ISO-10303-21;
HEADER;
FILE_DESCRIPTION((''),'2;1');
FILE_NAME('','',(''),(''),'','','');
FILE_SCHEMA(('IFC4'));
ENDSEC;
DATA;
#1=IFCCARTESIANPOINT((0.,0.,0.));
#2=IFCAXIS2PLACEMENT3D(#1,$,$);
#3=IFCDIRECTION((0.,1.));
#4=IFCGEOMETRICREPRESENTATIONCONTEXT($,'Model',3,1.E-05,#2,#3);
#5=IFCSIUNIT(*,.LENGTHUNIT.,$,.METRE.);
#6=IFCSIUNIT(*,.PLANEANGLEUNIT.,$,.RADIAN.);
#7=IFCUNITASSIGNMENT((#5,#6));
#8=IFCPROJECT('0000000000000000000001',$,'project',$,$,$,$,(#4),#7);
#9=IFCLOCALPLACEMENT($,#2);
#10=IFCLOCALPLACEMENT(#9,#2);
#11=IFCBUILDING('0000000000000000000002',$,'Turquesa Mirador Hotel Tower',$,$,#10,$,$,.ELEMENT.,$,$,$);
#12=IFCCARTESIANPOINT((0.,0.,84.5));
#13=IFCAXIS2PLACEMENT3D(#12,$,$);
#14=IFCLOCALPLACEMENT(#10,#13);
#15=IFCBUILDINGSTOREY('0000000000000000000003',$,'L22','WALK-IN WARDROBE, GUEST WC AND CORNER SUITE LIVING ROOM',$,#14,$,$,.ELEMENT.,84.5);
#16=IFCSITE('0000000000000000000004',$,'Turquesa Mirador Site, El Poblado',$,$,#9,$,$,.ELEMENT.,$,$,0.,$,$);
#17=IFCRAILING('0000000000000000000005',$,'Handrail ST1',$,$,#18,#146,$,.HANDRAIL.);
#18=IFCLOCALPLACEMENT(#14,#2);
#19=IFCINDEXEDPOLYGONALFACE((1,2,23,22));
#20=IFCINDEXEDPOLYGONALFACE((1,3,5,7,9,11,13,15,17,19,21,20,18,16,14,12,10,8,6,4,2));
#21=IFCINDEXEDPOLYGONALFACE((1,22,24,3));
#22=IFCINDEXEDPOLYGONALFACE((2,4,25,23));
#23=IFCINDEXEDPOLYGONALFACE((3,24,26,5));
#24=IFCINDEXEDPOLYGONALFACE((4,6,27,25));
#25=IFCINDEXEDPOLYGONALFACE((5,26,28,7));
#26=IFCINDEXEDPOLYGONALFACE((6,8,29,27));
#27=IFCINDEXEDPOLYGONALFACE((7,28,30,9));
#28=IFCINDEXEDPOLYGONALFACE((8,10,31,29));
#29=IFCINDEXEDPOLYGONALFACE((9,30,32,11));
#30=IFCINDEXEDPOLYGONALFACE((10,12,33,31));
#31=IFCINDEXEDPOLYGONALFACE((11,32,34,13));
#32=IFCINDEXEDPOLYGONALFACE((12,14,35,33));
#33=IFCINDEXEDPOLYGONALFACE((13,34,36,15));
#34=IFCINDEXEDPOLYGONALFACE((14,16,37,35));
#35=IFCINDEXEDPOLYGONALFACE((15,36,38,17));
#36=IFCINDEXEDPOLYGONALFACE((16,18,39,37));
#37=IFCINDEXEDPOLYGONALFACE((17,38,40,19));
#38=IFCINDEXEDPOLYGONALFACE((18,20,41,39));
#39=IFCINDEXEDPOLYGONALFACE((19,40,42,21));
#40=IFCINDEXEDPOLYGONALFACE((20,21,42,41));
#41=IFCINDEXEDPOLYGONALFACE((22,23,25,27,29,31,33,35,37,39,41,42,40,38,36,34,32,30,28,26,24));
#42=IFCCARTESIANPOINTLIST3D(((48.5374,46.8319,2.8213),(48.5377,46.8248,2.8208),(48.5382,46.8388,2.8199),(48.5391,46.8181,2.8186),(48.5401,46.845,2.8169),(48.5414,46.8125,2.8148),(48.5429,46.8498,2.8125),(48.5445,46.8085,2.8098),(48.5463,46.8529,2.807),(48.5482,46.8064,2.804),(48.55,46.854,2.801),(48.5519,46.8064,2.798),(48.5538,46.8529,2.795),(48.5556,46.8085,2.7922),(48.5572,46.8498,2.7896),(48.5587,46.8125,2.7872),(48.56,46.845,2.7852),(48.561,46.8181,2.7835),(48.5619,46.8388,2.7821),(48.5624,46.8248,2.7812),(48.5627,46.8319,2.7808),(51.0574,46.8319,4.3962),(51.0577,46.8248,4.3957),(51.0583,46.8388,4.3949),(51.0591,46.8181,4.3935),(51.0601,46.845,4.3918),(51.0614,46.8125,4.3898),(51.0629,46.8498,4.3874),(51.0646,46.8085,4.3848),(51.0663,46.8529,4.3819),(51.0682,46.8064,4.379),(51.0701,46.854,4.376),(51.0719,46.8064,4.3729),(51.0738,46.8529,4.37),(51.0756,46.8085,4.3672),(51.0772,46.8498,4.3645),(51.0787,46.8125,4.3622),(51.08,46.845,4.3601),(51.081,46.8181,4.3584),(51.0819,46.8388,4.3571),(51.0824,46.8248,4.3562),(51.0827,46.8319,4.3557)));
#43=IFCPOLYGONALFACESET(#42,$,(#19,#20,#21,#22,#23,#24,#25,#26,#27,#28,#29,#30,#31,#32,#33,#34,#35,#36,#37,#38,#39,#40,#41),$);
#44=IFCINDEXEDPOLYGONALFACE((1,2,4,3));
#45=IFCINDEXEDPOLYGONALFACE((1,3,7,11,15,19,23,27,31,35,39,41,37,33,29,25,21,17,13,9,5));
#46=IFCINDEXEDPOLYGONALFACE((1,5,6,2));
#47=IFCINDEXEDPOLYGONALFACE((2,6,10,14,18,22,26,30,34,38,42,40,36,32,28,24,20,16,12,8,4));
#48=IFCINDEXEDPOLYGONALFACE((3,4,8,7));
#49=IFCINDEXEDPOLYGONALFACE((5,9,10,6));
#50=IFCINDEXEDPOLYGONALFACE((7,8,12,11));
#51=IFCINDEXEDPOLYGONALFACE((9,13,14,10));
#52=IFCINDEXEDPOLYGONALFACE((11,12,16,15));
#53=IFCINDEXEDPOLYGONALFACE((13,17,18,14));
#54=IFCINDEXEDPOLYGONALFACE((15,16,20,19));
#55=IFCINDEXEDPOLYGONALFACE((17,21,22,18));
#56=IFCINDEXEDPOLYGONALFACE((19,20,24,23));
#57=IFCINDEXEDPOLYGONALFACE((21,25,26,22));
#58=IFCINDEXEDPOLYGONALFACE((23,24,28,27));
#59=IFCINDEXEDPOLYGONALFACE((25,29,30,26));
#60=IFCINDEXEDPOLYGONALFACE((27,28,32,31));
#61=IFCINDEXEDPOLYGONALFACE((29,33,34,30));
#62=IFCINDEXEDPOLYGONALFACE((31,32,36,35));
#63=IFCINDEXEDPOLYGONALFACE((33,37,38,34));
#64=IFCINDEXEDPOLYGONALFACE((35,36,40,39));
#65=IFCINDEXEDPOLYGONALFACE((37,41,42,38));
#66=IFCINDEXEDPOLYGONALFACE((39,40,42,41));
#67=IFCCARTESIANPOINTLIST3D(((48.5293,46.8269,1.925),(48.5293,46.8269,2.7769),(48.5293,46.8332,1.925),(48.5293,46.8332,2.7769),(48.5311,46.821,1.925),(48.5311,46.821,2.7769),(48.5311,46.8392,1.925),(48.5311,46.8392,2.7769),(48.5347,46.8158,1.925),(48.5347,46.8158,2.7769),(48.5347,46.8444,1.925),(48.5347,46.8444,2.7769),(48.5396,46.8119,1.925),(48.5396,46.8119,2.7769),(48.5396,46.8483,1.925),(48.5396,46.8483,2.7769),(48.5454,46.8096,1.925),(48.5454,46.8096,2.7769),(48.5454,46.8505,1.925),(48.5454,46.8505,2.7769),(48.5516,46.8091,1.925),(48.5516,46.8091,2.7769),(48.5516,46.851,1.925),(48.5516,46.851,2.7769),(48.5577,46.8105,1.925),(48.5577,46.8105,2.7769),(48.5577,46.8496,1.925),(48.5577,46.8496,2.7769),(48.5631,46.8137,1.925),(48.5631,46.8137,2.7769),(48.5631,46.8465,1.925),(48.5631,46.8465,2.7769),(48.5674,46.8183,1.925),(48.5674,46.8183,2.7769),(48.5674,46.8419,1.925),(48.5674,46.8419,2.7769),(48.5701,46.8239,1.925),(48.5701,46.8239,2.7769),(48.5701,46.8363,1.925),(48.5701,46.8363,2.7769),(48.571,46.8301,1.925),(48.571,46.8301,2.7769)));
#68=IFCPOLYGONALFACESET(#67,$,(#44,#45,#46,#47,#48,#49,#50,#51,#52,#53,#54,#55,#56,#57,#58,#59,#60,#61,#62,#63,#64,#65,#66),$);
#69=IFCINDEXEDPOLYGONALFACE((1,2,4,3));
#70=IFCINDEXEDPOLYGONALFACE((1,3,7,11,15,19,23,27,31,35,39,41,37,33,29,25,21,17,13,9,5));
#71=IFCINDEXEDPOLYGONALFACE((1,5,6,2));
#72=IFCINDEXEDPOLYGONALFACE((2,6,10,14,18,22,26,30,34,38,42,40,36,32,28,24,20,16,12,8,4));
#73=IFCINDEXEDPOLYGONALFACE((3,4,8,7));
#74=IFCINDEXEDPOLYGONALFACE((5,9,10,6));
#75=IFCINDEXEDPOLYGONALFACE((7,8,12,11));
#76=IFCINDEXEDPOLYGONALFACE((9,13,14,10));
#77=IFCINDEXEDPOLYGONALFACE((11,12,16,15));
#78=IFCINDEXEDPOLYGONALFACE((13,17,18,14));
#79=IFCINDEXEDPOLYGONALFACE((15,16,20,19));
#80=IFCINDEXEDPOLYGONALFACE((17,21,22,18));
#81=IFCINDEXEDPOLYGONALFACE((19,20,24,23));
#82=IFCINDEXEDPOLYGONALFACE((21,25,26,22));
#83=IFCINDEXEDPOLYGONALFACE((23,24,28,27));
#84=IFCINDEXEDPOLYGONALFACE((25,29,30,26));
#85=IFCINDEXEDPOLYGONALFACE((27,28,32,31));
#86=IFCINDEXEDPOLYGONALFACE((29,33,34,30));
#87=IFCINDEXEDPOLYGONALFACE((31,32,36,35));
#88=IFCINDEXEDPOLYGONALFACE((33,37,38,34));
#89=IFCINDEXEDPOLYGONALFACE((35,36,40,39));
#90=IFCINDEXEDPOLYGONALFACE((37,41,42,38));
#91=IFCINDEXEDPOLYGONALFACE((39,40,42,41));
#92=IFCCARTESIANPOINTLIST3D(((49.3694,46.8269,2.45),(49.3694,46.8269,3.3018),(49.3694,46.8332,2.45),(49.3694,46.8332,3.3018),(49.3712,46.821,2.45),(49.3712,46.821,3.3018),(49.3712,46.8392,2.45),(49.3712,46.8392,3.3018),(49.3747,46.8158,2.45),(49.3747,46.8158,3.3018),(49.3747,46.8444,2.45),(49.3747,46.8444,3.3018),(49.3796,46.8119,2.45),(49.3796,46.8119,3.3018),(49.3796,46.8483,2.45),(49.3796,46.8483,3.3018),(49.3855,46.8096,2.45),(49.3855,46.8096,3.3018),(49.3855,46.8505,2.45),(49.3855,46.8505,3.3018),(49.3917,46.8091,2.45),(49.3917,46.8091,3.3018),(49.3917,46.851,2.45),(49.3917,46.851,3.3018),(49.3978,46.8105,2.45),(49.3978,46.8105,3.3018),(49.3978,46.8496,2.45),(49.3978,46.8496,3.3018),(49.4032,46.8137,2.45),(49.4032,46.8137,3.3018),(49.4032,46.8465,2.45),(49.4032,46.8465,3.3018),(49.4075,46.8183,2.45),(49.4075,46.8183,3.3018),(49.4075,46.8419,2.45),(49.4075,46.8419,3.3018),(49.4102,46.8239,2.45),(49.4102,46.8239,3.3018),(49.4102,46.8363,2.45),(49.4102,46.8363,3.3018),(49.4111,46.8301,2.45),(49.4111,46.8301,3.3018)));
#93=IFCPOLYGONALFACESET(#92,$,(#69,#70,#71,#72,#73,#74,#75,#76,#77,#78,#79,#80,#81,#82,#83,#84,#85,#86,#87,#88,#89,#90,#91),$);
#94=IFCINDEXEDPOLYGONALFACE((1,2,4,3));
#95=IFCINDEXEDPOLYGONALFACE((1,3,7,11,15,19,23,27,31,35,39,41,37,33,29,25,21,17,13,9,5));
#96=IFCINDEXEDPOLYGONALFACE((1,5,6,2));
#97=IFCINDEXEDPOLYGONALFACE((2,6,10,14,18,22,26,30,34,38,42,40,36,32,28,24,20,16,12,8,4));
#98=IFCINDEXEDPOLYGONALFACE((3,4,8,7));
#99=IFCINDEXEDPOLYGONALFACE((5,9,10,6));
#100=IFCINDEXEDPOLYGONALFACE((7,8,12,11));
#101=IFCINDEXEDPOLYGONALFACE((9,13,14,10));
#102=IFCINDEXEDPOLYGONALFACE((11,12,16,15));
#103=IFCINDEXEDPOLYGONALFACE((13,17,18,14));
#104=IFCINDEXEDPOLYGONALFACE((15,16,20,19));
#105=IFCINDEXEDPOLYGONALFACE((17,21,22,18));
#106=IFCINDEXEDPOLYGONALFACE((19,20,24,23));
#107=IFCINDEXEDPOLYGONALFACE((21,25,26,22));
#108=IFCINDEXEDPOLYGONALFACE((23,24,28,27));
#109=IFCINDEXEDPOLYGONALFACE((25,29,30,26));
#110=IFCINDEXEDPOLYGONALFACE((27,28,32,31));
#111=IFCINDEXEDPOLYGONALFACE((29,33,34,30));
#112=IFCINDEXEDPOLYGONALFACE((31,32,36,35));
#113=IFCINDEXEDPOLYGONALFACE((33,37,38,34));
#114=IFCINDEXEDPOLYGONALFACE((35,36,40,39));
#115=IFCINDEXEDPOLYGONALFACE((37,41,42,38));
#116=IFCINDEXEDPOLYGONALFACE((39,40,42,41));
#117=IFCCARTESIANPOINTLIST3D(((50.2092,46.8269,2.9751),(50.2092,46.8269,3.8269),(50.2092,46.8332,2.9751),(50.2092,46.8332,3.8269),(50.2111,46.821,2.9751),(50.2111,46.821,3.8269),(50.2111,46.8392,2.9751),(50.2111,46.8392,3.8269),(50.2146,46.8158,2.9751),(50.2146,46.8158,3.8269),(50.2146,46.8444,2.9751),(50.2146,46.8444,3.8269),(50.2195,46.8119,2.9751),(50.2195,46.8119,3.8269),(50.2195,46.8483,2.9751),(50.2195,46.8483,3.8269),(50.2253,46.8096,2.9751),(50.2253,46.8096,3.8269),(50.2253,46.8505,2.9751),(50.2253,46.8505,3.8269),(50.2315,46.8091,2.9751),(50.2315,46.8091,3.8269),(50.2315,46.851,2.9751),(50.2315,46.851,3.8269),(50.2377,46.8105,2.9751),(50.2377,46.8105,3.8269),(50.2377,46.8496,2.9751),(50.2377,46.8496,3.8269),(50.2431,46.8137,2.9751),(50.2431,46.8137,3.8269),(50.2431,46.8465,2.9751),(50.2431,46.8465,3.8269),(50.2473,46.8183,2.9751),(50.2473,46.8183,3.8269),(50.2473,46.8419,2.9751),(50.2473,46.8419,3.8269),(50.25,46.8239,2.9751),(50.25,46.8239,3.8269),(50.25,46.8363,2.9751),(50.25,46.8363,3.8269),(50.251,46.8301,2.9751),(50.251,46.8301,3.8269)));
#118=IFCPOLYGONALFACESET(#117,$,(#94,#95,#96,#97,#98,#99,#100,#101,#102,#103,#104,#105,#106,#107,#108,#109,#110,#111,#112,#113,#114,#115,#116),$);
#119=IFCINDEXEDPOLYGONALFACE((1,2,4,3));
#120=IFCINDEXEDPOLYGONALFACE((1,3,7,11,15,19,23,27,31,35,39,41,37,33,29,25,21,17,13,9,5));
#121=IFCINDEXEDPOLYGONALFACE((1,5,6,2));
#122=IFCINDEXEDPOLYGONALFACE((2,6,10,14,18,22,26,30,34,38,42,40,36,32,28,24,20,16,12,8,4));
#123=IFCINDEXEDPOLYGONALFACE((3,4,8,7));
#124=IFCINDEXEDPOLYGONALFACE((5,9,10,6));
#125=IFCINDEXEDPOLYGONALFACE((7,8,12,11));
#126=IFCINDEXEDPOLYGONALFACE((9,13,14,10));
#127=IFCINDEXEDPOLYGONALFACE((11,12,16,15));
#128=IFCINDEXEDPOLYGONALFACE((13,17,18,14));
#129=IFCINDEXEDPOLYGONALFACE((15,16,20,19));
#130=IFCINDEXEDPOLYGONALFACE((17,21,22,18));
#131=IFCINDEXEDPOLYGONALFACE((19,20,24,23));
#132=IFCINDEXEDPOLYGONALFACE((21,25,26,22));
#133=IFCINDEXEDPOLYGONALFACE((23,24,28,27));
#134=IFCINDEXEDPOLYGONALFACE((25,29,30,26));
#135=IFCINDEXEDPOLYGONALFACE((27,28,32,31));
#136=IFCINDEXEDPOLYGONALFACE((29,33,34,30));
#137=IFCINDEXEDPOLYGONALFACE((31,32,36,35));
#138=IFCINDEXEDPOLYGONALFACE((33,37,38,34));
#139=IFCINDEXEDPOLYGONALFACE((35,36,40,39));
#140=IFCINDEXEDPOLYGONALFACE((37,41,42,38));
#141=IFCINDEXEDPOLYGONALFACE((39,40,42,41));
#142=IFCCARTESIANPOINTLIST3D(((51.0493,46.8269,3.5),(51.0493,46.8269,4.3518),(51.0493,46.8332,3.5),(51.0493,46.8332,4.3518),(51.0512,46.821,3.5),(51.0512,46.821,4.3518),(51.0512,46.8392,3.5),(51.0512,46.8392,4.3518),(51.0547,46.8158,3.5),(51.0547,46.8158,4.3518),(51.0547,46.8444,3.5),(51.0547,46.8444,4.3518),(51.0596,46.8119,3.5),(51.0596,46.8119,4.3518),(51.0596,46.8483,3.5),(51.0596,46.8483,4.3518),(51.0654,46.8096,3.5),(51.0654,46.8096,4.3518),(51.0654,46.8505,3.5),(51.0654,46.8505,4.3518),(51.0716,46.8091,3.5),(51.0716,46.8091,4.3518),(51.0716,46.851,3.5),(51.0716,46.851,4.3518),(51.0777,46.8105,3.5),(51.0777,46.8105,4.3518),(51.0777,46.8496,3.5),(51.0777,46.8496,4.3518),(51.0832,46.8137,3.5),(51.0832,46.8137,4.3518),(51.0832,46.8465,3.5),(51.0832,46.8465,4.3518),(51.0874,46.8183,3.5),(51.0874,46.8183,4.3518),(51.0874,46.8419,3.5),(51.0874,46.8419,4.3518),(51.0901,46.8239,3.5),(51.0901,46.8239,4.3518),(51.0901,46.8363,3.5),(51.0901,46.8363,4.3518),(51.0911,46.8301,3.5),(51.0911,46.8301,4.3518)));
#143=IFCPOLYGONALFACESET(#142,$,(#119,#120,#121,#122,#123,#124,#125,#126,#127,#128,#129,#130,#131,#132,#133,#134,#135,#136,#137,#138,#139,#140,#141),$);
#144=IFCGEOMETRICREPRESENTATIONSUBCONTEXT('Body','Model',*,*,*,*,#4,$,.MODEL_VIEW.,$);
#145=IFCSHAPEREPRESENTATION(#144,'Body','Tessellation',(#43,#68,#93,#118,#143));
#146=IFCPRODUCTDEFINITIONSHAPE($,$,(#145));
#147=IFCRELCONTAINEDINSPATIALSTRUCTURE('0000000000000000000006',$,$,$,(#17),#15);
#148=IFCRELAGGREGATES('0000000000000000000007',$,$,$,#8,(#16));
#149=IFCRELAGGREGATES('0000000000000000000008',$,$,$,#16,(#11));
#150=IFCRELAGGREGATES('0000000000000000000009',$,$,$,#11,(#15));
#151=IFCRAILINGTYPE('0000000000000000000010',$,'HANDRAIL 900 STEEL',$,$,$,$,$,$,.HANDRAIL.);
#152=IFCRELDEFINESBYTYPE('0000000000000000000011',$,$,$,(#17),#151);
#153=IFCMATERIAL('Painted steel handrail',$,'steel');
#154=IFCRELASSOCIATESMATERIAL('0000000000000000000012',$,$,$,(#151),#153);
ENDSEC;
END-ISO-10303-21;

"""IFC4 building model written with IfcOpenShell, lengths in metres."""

from ifc_helpers import new_model, si_unit, direction, frame, origin, origin_2d, place, context, subcontext, project, spatial, circle, extrude, material, type_object, element, save


model = new_model("IFC4")

# Units and contexts
model_context = context("Model", 3, precision=1e-05, world=origin(), true_north=direction((0.0, 1.0)))
body_context = subcontext(model_context, "Body", "Model", "MODEL_VIEW")
ifc_project = project(units=[si_unit("LENGTHUNIT", "METRE"), si_unit("PLANEANGLEUNIT", "RADIAN")], contexts=[model_context])

# Site, building, storey
site_placement = place(None, origin())
site = spatial("IfcSite", under=ifc_project, at=site_placement, Name="Turquesa Mirador Site, El Poblado", CompositionType="ELEMENT", RefElevation=0.0)
building_placement = place(site_placement, origin())
building = spatial("IfcBuilding", under=site, at=building_placement, Name="Turquesa Mirador Hotel Tower", CompositionType="ELEMENT")
storey_placement = place(building_placement, frame((0.0, 0.0, 84.5)))
storey = spatial("IfcBuildingStorey", under=building, at=storey_placement, Name="L22", Description="WALK-IN WARDROBE, GUEST WC AND CORNER SUITE LIVING ROOM", CompositionType="ELEMENT", Elevation=84.5)

# Railing
ifc_material_1 = material(Name="Painted steel handrail", Category="steel")
railing_type = type_object("IfcRailingType", Name="HANDRAIL 900 STEEL", PredefinedType="HANDRAIL", material=ifc_material_1)
railing_1_placement = place(storey_placement, frame((48.55, 46.8301, 1.925)))
element("IfcRailing", 1, at=railing_1_placement, inside=storey, type_object=railing_type, Name="Handrail ST1", PredefinedType="HANDRAIL", context=body_context, shape_type="SweptSolid", body=[
    extrude(circle(Radius=0.0239, at=origin_2d()), frame((0.0, 0.0, 0.876), z_axis=(0.848008, 0.0, 0.529984), x_axis=(0.0, 1.0, 0.0)), (0.0, 0.0, 1.0), 2.9717),
    extrude(circle(Radius=0.021, at=origin_2d()), origin(), (0.0, 0.0, 1.0), 0.8518),
    extrude(circle(Radius=0.021, at=origin_2d()), frame((0.8401, 0.0, 0.5249)), (0.0, 0.0, 1.0), 0.8518),
    extrude(circle(Radius=0.021, at=origin_2d()), frame((1.6799, 0.0, 1.05)), (0.0, 0.0, 1.0), 0.8518),
    extrude(circle(Radius=0.021, at=origin_2d()), frame((2.52, 0.0, 1.575)), (0.0, 0.0, 1.0), 0.8518),
])

save(model, "model.ifc")
